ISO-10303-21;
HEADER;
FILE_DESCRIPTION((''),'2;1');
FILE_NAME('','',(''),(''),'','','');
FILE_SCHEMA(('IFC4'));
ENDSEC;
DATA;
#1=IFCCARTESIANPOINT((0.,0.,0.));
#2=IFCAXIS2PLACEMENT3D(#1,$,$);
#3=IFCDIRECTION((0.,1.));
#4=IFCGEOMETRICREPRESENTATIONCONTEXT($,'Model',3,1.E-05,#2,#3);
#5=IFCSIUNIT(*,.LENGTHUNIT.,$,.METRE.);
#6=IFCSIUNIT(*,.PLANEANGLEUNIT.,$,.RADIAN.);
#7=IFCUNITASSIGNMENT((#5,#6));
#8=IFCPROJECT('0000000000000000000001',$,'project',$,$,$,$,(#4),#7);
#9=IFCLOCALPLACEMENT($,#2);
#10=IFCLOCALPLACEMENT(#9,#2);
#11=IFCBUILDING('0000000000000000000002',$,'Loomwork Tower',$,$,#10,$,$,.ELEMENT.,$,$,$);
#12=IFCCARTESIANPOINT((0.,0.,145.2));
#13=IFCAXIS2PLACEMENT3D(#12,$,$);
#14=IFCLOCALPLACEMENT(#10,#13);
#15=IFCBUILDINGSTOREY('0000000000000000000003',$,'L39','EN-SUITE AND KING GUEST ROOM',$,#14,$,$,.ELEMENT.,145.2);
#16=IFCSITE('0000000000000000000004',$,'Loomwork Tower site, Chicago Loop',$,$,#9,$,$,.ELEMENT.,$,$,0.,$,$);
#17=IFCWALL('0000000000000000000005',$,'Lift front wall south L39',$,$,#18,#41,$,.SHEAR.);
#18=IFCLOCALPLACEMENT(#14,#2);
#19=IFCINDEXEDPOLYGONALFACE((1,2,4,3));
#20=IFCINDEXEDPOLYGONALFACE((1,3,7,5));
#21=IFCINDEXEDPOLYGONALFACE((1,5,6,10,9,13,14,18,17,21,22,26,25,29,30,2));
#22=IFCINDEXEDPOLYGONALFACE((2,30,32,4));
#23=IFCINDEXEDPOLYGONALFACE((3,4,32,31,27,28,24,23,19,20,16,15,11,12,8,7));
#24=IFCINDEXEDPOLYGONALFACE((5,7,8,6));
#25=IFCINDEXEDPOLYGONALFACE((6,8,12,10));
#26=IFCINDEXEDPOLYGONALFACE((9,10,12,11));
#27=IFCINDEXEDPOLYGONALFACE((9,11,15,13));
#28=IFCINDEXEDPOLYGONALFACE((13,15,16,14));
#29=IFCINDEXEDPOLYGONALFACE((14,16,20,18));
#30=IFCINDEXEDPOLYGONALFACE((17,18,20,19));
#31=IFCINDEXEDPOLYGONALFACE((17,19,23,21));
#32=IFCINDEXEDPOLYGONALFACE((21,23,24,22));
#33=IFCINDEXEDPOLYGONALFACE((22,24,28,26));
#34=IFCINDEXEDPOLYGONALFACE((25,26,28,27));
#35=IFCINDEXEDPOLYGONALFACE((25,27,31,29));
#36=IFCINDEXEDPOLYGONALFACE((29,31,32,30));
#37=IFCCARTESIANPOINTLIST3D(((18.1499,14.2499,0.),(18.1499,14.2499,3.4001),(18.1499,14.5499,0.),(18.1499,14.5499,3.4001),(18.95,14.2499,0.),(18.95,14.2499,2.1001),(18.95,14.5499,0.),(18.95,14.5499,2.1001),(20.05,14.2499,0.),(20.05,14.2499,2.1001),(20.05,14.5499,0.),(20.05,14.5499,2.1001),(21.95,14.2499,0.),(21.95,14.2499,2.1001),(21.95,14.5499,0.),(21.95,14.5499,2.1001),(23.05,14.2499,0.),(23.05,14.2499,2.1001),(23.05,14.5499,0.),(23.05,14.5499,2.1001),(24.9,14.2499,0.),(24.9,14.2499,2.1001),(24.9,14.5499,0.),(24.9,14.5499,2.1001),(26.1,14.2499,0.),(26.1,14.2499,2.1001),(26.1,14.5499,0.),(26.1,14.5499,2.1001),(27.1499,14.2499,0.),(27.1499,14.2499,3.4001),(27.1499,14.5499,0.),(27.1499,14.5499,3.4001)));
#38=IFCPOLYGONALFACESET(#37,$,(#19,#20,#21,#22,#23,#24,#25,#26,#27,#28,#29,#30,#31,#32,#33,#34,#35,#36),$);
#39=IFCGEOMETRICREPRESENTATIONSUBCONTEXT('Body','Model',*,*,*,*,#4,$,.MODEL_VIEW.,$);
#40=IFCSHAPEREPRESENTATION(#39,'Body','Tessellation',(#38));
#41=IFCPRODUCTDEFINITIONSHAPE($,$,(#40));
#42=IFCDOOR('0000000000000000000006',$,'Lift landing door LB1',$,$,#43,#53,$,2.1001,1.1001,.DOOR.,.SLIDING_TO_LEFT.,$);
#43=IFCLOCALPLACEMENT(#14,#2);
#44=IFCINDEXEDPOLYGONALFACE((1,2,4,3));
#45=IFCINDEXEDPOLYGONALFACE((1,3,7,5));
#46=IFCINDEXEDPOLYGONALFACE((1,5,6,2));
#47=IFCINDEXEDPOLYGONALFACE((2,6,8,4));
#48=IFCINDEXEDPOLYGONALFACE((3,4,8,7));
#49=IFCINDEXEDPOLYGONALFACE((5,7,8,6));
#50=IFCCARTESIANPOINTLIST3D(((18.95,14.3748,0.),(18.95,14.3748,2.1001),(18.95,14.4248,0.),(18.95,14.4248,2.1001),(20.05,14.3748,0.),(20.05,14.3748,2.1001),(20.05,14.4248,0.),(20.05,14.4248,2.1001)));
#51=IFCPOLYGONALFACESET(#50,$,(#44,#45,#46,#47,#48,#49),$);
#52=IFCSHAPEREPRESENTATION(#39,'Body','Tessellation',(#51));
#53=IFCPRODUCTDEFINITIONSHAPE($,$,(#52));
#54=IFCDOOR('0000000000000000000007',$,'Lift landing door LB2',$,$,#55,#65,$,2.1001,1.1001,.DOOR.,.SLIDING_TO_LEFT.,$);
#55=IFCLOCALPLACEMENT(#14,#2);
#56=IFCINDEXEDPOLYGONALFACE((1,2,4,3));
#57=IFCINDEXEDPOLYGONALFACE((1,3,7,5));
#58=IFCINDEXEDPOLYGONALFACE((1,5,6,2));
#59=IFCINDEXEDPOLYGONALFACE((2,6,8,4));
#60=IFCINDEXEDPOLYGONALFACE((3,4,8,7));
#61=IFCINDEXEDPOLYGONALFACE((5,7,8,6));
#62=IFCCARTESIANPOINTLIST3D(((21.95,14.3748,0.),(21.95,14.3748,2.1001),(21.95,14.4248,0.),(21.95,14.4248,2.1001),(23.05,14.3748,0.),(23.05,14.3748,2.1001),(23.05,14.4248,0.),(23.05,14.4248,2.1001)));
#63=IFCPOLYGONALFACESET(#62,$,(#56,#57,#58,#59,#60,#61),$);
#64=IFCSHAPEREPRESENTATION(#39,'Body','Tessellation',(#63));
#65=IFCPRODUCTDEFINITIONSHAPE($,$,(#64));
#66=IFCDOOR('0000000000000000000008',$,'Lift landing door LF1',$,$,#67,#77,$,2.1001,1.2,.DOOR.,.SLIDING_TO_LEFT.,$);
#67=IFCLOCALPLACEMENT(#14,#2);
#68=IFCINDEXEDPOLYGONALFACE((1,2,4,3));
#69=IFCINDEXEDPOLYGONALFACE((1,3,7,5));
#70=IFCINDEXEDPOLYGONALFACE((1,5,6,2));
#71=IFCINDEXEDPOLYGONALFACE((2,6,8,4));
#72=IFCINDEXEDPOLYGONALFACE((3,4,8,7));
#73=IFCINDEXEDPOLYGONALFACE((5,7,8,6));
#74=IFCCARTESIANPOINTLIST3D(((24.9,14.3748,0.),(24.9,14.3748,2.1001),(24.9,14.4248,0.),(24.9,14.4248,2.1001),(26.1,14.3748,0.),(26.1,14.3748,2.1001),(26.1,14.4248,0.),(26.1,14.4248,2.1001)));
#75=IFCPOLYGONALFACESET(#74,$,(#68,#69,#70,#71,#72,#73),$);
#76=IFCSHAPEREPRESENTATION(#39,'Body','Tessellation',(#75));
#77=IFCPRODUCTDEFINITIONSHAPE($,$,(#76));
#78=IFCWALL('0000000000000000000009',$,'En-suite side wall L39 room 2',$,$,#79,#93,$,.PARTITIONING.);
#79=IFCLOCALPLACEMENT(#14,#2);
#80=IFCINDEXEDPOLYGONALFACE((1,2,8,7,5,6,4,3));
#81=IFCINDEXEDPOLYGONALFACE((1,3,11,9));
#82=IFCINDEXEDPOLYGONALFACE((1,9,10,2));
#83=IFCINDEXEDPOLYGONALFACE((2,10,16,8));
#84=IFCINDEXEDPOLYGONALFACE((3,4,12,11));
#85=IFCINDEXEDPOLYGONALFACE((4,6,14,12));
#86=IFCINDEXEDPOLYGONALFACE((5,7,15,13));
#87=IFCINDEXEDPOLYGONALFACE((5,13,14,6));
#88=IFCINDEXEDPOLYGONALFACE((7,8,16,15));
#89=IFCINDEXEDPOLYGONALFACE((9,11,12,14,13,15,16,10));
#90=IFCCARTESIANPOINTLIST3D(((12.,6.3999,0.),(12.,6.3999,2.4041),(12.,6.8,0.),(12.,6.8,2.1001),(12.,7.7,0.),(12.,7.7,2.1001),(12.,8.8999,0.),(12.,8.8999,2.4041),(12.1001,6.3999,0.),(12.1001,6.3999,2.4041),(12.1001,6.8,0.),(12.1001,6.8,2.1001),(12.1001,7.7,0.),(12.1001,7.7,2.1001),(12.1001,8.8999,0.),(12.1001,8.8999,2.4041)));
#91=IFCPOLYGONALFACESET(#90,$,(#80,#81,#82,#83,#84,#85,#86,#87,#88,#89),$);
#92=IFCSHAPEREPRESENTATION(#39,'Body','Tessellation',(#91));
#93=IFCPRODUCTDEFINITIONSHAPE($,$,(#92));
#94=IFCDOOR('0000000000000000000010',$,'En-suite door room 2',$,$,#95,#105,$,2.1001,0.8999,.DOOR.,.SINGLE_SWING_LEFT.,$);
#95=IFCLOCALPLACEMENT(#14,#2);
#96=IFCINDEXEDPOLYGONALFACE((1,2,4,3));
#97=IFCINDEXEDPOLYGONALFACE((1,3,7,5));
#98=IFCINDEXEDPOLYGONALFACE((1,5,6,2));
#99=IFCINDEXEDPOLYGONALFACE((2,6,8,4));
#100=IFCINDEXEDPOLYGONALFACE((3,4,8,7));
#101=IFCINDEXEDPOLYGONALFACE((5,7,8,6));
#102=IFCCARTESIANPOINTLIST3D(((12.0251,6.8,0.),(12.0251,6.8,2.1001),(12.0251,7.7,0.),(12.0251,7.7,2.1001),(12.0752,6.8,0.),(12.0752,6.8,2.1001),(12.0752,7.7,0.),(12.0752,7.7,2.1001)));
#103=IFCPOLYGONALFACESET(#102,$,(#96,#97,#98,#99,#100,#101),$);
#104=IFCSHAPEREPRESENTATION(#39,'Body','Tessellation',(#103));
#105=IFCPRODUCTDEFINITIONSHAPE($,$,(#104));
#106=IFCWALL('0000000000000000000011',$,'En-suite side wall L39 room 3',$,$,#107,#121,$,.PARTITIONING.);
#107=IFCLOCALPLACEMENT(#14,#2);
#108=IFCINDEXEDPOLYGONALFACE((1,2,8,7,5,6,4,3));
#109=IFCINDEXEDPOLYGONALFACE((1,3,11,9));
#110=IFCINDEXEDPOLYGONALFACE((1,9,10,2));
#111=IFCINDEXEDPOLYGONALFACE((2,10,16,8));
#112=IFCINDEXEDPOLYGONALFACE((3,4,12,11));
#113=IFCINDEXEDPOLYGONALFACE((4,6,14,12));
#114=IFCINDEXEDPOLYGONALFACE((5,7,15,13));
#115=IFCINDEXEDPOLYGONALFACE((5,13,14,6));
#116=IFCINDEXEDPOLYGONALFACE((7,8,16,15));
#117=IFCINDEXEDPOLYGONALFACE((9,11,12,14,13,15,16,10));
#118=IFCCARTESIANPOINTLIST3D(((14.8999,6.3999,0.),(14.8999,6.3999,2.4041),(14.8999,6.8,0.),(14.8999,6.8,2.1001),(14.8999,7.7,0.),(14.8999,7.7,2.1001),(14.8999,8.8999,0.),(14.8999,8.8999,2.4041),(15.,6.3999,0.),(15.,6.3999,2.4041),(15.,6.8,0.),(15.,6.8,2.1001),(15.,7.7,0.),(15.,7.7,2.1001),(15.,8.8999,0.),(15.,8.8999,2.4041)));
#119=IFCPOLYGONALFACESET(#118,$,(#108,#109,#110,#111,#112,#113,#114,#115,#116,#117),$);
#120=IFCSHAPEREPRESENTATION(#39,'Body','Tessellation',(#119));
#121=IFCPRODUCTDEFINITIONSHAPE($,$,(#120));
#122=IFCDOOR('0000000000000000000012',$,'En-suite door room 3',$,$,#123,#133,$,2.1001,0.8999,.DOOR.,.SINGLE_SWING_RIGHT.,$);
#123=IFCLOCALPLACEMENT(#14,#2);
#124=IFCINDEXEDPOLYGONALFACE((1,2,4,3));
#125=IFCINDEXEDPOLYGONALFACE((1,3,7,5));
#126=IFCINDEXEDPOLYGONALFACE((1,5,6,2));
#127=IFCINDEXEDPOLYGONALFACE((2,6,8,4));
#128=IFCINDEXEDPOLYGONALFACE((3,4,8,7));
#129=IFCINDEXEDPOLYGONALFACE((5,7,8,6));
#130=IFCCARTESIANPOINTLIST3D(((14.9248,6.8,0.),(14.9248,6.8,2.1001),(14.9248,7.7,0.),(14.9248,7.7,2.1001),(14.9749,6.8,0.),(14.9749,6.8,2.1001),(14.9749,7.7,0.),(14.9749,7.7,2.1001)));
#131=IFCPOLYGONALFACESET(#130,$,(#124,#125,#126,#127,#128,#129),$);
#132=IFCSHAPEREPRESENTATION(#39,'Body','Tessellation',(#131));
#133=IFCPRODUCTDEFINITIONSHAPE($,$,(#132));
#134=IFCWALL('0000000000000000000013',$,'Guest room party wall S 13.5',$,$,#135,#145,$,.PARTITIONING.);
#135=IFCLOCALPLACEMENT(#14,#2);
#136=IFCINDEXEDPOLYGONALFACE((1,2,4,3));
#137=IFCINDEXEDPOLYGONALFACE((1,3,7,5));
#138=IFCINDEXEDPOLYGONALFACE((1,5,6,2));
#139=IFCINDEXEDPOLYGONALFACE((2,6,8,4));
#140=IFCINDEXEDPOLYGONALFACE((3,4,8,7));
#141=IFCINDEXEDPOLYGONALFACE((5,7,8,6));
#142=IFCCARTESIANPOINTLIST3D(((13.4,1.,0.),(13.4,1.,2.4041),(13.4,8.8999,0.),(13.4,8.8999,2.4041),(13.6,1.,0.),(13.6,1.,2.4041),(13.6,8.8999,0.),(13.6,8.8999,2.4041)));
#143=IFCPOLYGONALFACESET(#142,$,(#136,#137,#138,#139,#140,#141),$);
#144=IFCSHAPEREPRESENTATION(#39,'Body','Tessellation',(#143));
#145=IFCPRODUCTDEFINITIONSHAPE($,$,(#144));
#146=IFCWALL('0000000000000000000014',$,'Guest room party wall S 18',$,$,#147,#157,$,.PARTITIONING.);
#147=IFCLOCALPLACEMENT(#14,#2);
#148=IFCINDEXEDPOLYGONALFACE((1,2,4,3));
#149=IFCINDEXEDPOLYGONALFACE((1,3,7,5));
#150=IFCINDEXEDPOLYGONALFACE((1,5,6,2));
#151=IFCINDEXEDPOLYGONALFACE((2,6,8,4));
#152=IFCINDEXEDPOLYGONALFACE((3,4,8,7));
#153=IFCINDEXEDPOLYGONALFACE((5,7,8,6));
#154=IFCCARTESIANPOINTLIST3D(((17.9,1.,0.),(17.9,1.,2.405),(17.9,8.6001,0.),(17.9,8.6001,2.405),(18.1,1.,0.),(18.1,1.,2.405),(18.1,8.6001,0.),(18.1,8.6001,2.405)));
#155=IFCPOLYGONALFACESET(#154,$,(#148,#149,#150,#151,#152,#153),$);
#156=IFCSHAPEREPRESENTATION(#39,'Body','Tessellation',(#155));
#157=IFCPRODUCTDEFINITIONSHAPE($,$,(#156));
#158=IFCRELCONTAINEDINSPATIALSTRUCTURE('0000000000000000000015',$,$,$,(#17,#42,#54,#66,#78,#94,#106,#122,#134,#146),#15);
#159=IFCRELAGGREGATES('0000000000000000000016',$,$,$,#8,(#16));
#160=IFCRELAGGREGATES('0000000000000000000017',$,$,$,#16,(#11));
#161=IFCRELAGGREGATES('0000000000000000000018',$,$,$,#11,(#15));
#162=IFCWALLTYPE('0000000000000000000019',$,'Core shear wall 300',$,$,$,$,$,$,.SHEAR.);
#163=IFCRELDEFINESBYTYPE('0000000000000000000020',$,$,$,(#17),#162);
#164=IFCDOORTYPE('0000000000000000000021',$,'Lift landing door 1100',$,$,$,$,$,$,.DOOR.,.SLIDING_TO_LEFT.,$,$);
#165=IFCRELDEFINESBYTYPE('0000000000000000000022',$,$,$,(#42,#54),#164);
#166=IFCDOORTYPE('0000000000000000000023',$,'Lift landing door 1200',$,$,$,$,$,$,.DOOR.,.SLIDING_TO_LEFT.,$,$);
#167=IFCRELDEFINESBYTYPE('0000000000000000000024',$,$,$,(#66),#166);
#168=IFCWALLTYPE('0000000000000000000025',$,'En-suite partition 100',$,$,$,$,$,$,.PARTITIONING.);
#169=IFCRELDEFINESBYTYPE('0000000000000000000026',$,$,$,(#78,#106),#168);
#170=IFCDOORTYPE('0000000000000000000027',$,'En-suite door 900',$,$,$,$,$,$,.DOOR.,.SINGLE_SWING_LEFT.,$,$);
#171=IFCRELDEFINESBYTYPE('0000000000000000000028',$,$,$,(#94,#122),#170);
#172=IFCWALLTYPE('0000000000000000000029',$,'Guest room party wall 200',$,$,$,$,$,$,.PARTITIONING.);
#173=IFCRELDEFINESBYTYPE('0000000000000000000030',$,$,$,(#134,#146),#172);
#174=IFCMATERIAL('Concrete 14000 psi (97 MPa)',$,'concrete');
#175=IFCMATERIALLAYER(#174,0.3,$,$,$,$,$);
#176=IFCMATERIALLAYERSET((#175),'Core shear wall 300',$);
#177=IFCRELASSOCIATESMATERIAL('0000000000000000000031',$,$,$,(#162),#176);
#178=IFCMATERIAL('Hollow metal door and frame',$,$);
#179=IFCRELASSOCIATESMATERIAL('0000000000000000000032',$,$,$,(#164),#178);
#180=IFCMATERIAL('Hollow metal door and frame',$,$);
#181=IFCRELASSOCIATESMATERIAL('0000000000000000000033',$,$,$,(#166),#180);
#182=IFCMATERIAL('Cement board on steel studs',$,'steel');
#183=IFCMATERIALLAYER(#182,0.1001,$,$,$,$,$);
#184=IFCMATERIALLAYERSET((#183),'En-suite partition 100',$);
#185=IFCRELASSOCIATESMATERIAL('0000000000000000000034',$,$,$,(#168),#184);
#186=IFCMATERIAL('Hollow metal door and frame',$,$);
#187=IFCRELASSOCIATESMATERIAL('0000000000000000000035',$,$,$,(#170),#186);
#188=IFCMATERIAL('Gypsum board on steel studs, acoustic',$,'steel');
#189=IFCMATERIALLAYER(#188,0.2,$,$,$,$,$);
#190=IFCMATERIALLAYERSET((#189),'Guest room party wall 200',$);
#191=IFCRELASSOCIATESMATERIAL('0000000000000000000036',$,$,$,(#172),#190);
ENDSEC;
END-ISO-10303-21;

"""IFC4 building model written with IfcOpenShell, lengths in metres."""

from ifc_helpers import new_model, si_unit, direction, frame, frame_2d, origin, place, context, subcontext, project, spatial, rectangle, extrude, material, layer, layer_set, type_object, element, fill, save


model = new_model("IFC4")

# Units and contexts
model_context = context("Model", 3, precision=1e-05, world=origin(), true_north=direction((0.0, 1.0)))
body_context = subcontext(model_context, "Body", "Model", "MODEL_VIEW")
ifc_project = project(units=[si_unit("LENGTHUNIT", "METRE"), si_unit("PLANEANGLEUNIT", "RADIAN")], contexts=[model_context])

# Site, building, storey
site_placement = place(None, origin())
site = spatial("IfcSite", under=ifc_project, at=site_placement, Name="Loomwork Tower site, Chicago Loop", CompositionType="ELEMENT", RefElevation=0.0)
building_placement = place(site_placement, origin())
building = spatial("IfcBuilding", under=site, at=building_placement, Name="Loomwork Tower", CompositionType="ELEMENT")
storey_placement = place(building_placement, frame((0.0, 0.0, 145.2)))
storey = spatial("IfcBuildingStorey", under=building, at=storey_placement, Name="L39", Description="EN-SUITE AND KING GUEST ROOM", CompositionType="ELEMENT", Elevation=145.2)

# Shared definitions
ifc_material_1 = material(Name="Concrete 14000 psi (97 MPa)", Category="concrete")
ifc_layer_1 = layer(ifc_material_1, 0.3)
ifc_layer_set_1 = layer_set([ifc_layer_1], Name="Core shear wall 300")
wall_type_1 = type_object("IfcWallType", Name="Core shear wall 300", PredefinedType="SHEAR", material=ifc_layer_set_1)

# Wall, openings, doors
wall_1_placement = place(storey_placement, frame((18.1499, 14.3999, 0.0), z_axis=(0.0, 0.0, 1.0), x_axis=(1.0, 0.0, 0.0)))
wall_1 = element("IfcWall", 1, at=wall_1_placement, inside=storey, type_object=wall_type_1, Name="Lift front wall south L39", PredefinedType="SHEAR", context=body_context, shape_type="SweptSolid", body=[
    extrude(rectangle(XDim=9.0, YDim=0.3, at=frame_2d((4.5, 0.0))), origin(), (0.0, 0.0, 1.0), 3.4001),
])
opening_1_placement = place(wall_1_placement, frame((0.8, 0.0, 0.0)))
opening_1 = element("IfcOpeningElement", 2, at=opening_1_placement, cuts=wall_1, PredefinedType="OPENING", context=body_context, shape_type="SweptSolid", body=[
    extrude(rectangle(XDim=1.1001, YDim=2.1001, at=frame_2d((0.55, 1.05))), frame((0.0, 0.1599, 0.0), z_axis=(0.0, -1.0, 0.0), x_axis=(1.0, 0.0, 0.0)), (0.0, 0.0, 1.0), 0.3201),
])
opening_2_placement = place(wall_1_placement, frame((3.8, 0.0, 0.0)))
opening_2 = element("IfcOpeningElement", 3, at=opening_2_placement, cuts=wall_1, PredefinedType="OPENING", context=body_context, shape_type="SweptSolid", body=[
    extrude(rectangle(XDim=1.1001, YDim=2.1001, at=frame_2d((0.55, 1.05))), frame((0.0, 0.1599, 0.0), z_axis=(0.0, -1.0, 0.0), x_axis=(1.0, 0.0, 0.0)), (0.0, 0.0, 1.0), 0.3201),
])
opening_3_placement = place(wall_1_placement, frame((6.75, 0.0, 0.0)))
opening_3 = element("IfcOpeningElement", 4, at=opening_3_placement, cuts=wall_1, PredefinedType="OPENING", context=body_context, shape_type="SweptSolid", body=[
    extrude(rectangle(XDim=1.2, YDim=2.1001, at=frame_2d((0.6001, 1.05))), frame((0.0, 0.1599, 0.0), z_axis=(0.0, -1.0, 0.0), x_axis=(1.0, 0.0, 0.0)), (0.0, 0.0, 1.0), 0.3201),
])
ifc_material_2 = material(Name="Hollow metal door and frame")
door_type_1 = type_object("IfcDoorType", Name="Lift landing door 1100", OperationType="SLIDING_TO_LEFT", PredefinedType="DOOR", material=ifc_material_2)
door_1_placement = place(opening_1_placement, origin())
door_1 = element("IfcDoor", 5, at=door_1_placement, inside=storey, type_object=door_type_1, Name="Lift landing door LB1", OperationType="SLIDING_TO_LEFT", OverallHeight=2.1001, OverallWidth=1.1001, PredefinedType="DOOR", context=body_context, shape_type="SweptSolid", body=[
    extrude(rectangle(XDim=1.1001, YDim=2.1001, at=frame_2d((0.55, 1.05))), frame((0.0, 0.0249, 0.0), z_axis=(0.0, -1.0, 0.0), x_axis=(1.0, 0.0, 0.0)), (0.0, 0.0, 1.0), 0.05),
])
fill(opening_1, door_1)
door_2_placement = place(opening_2_placement, origin())
door_2 = element("IfcDoor", 6, at=door_2_placement, inside=storey, type_object=door_type_1, Name="Lift landing door LB2", OperationType="SLIDING_TO_LEFT", OverallHeight=2.1001, OverallWidth=1.1001, PredefinedType="DOOR", context=body_context, shape_type="SweptSolid", body=[
    extrude(rectangle(XDim=1.1001, YDim=2.1001, at=frame_2d((0.55, 1.05))), frame((0.0, 0.0249, 0.0), z_axis=(0.0, -1.0, 0.0), x_axis=(1.0, 0.0, 0.0)), (0.0, 0.0, 1.0), 0.05),
])
fill(opening_2, door_2)
ifc_material_3 = material(Name="Hollow metal door and frame")
door_type_2 = type_object("IfcDoorType", Name="Lift landing door 1200", OperationType="SLIDING_TO_LEFT", PredefinedType="DOOR", material=ifc_material_3)
door_3_placement = place(opening_3_placement, origin())
door_3 = element("IfcDoor", 7, at=door_3_placement, inside=storey, type_object=door_type_2, Name="Lift landing door LF1", OperationType="SLIDING_TO_LEFT", OverallHeight=2.1001, OverallWidth=1.2, PredefinedType="DOOR", context=body_context, shape_type="SweptSolid", body=[
    extrude(rectangle(XDim=1.2, YDim=2.1001, at=frame_2d((0.6001, 1.05))), frame((0.0, 0.0249, 0.0), z_axis=(0.0, -1.0, 0.0), x_axis=(1.0, 0.0, 0.0)), (0.0, 0.0, 1.0), 0.05),
])
fill(opening_3, door_3)

# Walls, openings, doors
ifc_material_4 = material(Name="Cement board on steel studs", Category="steel")
ifc_layer_2 = layer(ifc_material_4, 0.1001)
ifc_layer_set_2 = layer_set([ifc_layer_2], Name="En-suite partition 100")
wall_type_2 = type_object("IfcWallType", Name="En-suite partition 100", PredefinedType="PARTITIONING", material=ifc_layer_set_2)
wall_2_placement = place(storey_placement, frame((12.05, 8.8999, 0.0), z_axis=(0.0, 0.0, 1.0), x_axis=(0.0, -1.0, 0.0)))
wall_2 = element("IfcWall", 8, at=wall_2_placement, inside=storey, type_object=wall_type_2, Name="En-suite side wall L39 room 2", PredefinedType="PARTITIONING", context=body_context, shape_type="SweptSolid", body=[
    extrude(rectangle(XDim=2.5, YDim=0.1001, at=frame_2d((1.25, 0.0))), origin(), (0.0, 0.0, 1.0), 2.4041),
])
opening_4_placement = place(wall_2_placement, frame((1.2, 0.0, 0.0)))
opening_4 = element("IfcOpeningElement", 9, at=opening_4_placement, cuts=wall_2, PredefinedType="OPENING", context=body_context, shape_type="SweptSolid", body=[
    extrude(rectangle(XDim=0.8999, YDim=2.1001, at=frame_2d((0.45, 1.05))), frame((0.0, 0.0601, 0.0), z_axis=(0.0, -1.0, 0.0), x_axis=(1.0, 0.0, 0.0)), (0.0, 0.0, 1.0), 0.1201),
])
ifc_material_5 = material(Name="Hollow metal door and frame")
door_type_3 = type_object("IfcDoorType", Name="En-suite door 900", OperationType="SINGLE_SWING_LEFT", PredefinedType="DOOR", material=ifc_material_5)
door_4_placement = place(opening_4_placement, frame((0.8999, 0.0, 0.0), z_axis=(0.0, 0.0, 1.0), x_axis=(-1.0, 0.0, 0.0)))
door_4 = element("IfcDoor", 10, at=door_4_placement, inside=storey, type_object=door_type_3, Name="En-suite door room 2", OperationType="SINGLE_SWING_LEFT", OverallHeight=2.1001, OverallWidth=0.8999, PredefinedType="DOOR", context=body_context, shape_type="SweptSolid", body=[
    extrude(rectangle(XDim=0.8999, YDim=2.1001, at=frame_2d((0.45, 1.05))), frame((0.0, 0.0249, 0.0), z_axis=(0.0, -1.0, 0.0), x_axis=(1.0, 0.0, 0.0)), (0.0, 0.0, 1.0), 0.05),
])
fill(opening_4, door_4)
wall_3_placement = place(storey_placement, frame((14.95, 8.8999, 0.0), z_axis=(0.0, 0.0, 1.0), x_axis=(0.0, -1.0, 0.0)))
wall_3 = element("IfcWall", 11, at=wall_3_placement, inside=storey, type_object=wall_type_2, Name="En-suite side wall L39 room 3", PredefinedType="PARTITIONING", context=body_context, shape_type="SweptSolid", body=[
    extrude(rectangle(XDim=2.5, YDim=0.1001, at=frame_2d((1.25, 0.0))), origin(), (0.0, 0.0, 1.0), 2.4041),
])
opening_5_placement = place(wall_3_placement, frame((1.2, 0.0, 0.0)))
opening_5 = element("IfcOpeningElement", 12, at=opening_5_placement, cuts=wall_3, PredefinedType="OPENING", context=body_context, shape_type="SweptSolid", body=[
    extrude(rectangle(XDim=0.8999, YDim=2.1001, at=frame_2d((0.45, 1.05))), frame((0.0, 0.0601, 0.0), z_axis=(0.0, -1.0, 0.0), x_axis=(1.0, 0.0, 0.0)), (0.0, 0.0, 1.0), 0.1201),
])
door_5_placement = place(opening_5_placement, origin())
door_5 = element("IfcDoor", 13, at=door_5_placement, inside=storey, type_object=door_type_3, Name="En-suite door room 3", OperationType="SINGLE_SWING_RIGHT", OverallHeight=2.1001, OverallWidth=0.8999, PredefinedType="DOOR", context=body_context, shape_type="SweptSolid", body=[
    extrude(rectangle(XDim=0.8999, YDim=2.1001, at=frame_2d((0.45, 1.05))), frame((0.0, 0.0249, 0.0), z_axis=(0.0, -1.0, 0.0), x_axis=(1.0, 0.0, 0.0)), (0.0, 0.0, 1.0), 0.05),
])
fill(opening_5, door_5)

# Walls
ifc_material_6 = material(Name="Gypsum board on steel studs, acoustic", Category="steel")
ifc_layer_3 = layer(ifc_material_6, 0.2)
ifc_layer_set_3 = layer_set([ifc_layer_3], Name="Guest room party wall 200")
wall_type_3 = type_object("IfcWallType", Name="Guest room party wall 200", PredefinedType="PARTITIONING", material=ifc_layer_set_3)
wall_4_placement = place(storey_placement, frame((13.5, 8.8999, 0.0), z_axis=(0.0, 0.0, 1.0), x_axis=(0.0, -1.0, 0.0)))
element("IfcWall", 14, at=wall_4_placement, inside=storey, type_object=wall_type_3, Name="Guest room party wall S 13.5", PredefinedType="PARTITIONING", context=body_context, shape_type="SweptSolid", body=[
    extrude(rectangle(XDim=7.8999, YDim=0.2, at=frame_2d((3.95, 0.0))), origin(), (0.0, 0.0, 1.0), 2.4041),
])
wall_5_placement = place(storey_placement, frame((18.0, 8.6001, 0.0), z_axis=(0.0, 0.0, 1.0), x_axis=(0.0, -1.0, 0.0)))
element("IfcWall", 15, at=wall_5_placement, inside=storey, type_object=wall_type_3, Name="Guest room party wall S 18", PredefinedType="PARTITIONING", context=body_context, shape_type="SweptSolid", body=[
    extrude(rectangle(XDim=7.6001, YDim=0.2, at=frame_2d((3.8, 0.0))), origin(), (0.0, 0.0, 1.0), 2.405),
])

save(model, "model.ifc")
